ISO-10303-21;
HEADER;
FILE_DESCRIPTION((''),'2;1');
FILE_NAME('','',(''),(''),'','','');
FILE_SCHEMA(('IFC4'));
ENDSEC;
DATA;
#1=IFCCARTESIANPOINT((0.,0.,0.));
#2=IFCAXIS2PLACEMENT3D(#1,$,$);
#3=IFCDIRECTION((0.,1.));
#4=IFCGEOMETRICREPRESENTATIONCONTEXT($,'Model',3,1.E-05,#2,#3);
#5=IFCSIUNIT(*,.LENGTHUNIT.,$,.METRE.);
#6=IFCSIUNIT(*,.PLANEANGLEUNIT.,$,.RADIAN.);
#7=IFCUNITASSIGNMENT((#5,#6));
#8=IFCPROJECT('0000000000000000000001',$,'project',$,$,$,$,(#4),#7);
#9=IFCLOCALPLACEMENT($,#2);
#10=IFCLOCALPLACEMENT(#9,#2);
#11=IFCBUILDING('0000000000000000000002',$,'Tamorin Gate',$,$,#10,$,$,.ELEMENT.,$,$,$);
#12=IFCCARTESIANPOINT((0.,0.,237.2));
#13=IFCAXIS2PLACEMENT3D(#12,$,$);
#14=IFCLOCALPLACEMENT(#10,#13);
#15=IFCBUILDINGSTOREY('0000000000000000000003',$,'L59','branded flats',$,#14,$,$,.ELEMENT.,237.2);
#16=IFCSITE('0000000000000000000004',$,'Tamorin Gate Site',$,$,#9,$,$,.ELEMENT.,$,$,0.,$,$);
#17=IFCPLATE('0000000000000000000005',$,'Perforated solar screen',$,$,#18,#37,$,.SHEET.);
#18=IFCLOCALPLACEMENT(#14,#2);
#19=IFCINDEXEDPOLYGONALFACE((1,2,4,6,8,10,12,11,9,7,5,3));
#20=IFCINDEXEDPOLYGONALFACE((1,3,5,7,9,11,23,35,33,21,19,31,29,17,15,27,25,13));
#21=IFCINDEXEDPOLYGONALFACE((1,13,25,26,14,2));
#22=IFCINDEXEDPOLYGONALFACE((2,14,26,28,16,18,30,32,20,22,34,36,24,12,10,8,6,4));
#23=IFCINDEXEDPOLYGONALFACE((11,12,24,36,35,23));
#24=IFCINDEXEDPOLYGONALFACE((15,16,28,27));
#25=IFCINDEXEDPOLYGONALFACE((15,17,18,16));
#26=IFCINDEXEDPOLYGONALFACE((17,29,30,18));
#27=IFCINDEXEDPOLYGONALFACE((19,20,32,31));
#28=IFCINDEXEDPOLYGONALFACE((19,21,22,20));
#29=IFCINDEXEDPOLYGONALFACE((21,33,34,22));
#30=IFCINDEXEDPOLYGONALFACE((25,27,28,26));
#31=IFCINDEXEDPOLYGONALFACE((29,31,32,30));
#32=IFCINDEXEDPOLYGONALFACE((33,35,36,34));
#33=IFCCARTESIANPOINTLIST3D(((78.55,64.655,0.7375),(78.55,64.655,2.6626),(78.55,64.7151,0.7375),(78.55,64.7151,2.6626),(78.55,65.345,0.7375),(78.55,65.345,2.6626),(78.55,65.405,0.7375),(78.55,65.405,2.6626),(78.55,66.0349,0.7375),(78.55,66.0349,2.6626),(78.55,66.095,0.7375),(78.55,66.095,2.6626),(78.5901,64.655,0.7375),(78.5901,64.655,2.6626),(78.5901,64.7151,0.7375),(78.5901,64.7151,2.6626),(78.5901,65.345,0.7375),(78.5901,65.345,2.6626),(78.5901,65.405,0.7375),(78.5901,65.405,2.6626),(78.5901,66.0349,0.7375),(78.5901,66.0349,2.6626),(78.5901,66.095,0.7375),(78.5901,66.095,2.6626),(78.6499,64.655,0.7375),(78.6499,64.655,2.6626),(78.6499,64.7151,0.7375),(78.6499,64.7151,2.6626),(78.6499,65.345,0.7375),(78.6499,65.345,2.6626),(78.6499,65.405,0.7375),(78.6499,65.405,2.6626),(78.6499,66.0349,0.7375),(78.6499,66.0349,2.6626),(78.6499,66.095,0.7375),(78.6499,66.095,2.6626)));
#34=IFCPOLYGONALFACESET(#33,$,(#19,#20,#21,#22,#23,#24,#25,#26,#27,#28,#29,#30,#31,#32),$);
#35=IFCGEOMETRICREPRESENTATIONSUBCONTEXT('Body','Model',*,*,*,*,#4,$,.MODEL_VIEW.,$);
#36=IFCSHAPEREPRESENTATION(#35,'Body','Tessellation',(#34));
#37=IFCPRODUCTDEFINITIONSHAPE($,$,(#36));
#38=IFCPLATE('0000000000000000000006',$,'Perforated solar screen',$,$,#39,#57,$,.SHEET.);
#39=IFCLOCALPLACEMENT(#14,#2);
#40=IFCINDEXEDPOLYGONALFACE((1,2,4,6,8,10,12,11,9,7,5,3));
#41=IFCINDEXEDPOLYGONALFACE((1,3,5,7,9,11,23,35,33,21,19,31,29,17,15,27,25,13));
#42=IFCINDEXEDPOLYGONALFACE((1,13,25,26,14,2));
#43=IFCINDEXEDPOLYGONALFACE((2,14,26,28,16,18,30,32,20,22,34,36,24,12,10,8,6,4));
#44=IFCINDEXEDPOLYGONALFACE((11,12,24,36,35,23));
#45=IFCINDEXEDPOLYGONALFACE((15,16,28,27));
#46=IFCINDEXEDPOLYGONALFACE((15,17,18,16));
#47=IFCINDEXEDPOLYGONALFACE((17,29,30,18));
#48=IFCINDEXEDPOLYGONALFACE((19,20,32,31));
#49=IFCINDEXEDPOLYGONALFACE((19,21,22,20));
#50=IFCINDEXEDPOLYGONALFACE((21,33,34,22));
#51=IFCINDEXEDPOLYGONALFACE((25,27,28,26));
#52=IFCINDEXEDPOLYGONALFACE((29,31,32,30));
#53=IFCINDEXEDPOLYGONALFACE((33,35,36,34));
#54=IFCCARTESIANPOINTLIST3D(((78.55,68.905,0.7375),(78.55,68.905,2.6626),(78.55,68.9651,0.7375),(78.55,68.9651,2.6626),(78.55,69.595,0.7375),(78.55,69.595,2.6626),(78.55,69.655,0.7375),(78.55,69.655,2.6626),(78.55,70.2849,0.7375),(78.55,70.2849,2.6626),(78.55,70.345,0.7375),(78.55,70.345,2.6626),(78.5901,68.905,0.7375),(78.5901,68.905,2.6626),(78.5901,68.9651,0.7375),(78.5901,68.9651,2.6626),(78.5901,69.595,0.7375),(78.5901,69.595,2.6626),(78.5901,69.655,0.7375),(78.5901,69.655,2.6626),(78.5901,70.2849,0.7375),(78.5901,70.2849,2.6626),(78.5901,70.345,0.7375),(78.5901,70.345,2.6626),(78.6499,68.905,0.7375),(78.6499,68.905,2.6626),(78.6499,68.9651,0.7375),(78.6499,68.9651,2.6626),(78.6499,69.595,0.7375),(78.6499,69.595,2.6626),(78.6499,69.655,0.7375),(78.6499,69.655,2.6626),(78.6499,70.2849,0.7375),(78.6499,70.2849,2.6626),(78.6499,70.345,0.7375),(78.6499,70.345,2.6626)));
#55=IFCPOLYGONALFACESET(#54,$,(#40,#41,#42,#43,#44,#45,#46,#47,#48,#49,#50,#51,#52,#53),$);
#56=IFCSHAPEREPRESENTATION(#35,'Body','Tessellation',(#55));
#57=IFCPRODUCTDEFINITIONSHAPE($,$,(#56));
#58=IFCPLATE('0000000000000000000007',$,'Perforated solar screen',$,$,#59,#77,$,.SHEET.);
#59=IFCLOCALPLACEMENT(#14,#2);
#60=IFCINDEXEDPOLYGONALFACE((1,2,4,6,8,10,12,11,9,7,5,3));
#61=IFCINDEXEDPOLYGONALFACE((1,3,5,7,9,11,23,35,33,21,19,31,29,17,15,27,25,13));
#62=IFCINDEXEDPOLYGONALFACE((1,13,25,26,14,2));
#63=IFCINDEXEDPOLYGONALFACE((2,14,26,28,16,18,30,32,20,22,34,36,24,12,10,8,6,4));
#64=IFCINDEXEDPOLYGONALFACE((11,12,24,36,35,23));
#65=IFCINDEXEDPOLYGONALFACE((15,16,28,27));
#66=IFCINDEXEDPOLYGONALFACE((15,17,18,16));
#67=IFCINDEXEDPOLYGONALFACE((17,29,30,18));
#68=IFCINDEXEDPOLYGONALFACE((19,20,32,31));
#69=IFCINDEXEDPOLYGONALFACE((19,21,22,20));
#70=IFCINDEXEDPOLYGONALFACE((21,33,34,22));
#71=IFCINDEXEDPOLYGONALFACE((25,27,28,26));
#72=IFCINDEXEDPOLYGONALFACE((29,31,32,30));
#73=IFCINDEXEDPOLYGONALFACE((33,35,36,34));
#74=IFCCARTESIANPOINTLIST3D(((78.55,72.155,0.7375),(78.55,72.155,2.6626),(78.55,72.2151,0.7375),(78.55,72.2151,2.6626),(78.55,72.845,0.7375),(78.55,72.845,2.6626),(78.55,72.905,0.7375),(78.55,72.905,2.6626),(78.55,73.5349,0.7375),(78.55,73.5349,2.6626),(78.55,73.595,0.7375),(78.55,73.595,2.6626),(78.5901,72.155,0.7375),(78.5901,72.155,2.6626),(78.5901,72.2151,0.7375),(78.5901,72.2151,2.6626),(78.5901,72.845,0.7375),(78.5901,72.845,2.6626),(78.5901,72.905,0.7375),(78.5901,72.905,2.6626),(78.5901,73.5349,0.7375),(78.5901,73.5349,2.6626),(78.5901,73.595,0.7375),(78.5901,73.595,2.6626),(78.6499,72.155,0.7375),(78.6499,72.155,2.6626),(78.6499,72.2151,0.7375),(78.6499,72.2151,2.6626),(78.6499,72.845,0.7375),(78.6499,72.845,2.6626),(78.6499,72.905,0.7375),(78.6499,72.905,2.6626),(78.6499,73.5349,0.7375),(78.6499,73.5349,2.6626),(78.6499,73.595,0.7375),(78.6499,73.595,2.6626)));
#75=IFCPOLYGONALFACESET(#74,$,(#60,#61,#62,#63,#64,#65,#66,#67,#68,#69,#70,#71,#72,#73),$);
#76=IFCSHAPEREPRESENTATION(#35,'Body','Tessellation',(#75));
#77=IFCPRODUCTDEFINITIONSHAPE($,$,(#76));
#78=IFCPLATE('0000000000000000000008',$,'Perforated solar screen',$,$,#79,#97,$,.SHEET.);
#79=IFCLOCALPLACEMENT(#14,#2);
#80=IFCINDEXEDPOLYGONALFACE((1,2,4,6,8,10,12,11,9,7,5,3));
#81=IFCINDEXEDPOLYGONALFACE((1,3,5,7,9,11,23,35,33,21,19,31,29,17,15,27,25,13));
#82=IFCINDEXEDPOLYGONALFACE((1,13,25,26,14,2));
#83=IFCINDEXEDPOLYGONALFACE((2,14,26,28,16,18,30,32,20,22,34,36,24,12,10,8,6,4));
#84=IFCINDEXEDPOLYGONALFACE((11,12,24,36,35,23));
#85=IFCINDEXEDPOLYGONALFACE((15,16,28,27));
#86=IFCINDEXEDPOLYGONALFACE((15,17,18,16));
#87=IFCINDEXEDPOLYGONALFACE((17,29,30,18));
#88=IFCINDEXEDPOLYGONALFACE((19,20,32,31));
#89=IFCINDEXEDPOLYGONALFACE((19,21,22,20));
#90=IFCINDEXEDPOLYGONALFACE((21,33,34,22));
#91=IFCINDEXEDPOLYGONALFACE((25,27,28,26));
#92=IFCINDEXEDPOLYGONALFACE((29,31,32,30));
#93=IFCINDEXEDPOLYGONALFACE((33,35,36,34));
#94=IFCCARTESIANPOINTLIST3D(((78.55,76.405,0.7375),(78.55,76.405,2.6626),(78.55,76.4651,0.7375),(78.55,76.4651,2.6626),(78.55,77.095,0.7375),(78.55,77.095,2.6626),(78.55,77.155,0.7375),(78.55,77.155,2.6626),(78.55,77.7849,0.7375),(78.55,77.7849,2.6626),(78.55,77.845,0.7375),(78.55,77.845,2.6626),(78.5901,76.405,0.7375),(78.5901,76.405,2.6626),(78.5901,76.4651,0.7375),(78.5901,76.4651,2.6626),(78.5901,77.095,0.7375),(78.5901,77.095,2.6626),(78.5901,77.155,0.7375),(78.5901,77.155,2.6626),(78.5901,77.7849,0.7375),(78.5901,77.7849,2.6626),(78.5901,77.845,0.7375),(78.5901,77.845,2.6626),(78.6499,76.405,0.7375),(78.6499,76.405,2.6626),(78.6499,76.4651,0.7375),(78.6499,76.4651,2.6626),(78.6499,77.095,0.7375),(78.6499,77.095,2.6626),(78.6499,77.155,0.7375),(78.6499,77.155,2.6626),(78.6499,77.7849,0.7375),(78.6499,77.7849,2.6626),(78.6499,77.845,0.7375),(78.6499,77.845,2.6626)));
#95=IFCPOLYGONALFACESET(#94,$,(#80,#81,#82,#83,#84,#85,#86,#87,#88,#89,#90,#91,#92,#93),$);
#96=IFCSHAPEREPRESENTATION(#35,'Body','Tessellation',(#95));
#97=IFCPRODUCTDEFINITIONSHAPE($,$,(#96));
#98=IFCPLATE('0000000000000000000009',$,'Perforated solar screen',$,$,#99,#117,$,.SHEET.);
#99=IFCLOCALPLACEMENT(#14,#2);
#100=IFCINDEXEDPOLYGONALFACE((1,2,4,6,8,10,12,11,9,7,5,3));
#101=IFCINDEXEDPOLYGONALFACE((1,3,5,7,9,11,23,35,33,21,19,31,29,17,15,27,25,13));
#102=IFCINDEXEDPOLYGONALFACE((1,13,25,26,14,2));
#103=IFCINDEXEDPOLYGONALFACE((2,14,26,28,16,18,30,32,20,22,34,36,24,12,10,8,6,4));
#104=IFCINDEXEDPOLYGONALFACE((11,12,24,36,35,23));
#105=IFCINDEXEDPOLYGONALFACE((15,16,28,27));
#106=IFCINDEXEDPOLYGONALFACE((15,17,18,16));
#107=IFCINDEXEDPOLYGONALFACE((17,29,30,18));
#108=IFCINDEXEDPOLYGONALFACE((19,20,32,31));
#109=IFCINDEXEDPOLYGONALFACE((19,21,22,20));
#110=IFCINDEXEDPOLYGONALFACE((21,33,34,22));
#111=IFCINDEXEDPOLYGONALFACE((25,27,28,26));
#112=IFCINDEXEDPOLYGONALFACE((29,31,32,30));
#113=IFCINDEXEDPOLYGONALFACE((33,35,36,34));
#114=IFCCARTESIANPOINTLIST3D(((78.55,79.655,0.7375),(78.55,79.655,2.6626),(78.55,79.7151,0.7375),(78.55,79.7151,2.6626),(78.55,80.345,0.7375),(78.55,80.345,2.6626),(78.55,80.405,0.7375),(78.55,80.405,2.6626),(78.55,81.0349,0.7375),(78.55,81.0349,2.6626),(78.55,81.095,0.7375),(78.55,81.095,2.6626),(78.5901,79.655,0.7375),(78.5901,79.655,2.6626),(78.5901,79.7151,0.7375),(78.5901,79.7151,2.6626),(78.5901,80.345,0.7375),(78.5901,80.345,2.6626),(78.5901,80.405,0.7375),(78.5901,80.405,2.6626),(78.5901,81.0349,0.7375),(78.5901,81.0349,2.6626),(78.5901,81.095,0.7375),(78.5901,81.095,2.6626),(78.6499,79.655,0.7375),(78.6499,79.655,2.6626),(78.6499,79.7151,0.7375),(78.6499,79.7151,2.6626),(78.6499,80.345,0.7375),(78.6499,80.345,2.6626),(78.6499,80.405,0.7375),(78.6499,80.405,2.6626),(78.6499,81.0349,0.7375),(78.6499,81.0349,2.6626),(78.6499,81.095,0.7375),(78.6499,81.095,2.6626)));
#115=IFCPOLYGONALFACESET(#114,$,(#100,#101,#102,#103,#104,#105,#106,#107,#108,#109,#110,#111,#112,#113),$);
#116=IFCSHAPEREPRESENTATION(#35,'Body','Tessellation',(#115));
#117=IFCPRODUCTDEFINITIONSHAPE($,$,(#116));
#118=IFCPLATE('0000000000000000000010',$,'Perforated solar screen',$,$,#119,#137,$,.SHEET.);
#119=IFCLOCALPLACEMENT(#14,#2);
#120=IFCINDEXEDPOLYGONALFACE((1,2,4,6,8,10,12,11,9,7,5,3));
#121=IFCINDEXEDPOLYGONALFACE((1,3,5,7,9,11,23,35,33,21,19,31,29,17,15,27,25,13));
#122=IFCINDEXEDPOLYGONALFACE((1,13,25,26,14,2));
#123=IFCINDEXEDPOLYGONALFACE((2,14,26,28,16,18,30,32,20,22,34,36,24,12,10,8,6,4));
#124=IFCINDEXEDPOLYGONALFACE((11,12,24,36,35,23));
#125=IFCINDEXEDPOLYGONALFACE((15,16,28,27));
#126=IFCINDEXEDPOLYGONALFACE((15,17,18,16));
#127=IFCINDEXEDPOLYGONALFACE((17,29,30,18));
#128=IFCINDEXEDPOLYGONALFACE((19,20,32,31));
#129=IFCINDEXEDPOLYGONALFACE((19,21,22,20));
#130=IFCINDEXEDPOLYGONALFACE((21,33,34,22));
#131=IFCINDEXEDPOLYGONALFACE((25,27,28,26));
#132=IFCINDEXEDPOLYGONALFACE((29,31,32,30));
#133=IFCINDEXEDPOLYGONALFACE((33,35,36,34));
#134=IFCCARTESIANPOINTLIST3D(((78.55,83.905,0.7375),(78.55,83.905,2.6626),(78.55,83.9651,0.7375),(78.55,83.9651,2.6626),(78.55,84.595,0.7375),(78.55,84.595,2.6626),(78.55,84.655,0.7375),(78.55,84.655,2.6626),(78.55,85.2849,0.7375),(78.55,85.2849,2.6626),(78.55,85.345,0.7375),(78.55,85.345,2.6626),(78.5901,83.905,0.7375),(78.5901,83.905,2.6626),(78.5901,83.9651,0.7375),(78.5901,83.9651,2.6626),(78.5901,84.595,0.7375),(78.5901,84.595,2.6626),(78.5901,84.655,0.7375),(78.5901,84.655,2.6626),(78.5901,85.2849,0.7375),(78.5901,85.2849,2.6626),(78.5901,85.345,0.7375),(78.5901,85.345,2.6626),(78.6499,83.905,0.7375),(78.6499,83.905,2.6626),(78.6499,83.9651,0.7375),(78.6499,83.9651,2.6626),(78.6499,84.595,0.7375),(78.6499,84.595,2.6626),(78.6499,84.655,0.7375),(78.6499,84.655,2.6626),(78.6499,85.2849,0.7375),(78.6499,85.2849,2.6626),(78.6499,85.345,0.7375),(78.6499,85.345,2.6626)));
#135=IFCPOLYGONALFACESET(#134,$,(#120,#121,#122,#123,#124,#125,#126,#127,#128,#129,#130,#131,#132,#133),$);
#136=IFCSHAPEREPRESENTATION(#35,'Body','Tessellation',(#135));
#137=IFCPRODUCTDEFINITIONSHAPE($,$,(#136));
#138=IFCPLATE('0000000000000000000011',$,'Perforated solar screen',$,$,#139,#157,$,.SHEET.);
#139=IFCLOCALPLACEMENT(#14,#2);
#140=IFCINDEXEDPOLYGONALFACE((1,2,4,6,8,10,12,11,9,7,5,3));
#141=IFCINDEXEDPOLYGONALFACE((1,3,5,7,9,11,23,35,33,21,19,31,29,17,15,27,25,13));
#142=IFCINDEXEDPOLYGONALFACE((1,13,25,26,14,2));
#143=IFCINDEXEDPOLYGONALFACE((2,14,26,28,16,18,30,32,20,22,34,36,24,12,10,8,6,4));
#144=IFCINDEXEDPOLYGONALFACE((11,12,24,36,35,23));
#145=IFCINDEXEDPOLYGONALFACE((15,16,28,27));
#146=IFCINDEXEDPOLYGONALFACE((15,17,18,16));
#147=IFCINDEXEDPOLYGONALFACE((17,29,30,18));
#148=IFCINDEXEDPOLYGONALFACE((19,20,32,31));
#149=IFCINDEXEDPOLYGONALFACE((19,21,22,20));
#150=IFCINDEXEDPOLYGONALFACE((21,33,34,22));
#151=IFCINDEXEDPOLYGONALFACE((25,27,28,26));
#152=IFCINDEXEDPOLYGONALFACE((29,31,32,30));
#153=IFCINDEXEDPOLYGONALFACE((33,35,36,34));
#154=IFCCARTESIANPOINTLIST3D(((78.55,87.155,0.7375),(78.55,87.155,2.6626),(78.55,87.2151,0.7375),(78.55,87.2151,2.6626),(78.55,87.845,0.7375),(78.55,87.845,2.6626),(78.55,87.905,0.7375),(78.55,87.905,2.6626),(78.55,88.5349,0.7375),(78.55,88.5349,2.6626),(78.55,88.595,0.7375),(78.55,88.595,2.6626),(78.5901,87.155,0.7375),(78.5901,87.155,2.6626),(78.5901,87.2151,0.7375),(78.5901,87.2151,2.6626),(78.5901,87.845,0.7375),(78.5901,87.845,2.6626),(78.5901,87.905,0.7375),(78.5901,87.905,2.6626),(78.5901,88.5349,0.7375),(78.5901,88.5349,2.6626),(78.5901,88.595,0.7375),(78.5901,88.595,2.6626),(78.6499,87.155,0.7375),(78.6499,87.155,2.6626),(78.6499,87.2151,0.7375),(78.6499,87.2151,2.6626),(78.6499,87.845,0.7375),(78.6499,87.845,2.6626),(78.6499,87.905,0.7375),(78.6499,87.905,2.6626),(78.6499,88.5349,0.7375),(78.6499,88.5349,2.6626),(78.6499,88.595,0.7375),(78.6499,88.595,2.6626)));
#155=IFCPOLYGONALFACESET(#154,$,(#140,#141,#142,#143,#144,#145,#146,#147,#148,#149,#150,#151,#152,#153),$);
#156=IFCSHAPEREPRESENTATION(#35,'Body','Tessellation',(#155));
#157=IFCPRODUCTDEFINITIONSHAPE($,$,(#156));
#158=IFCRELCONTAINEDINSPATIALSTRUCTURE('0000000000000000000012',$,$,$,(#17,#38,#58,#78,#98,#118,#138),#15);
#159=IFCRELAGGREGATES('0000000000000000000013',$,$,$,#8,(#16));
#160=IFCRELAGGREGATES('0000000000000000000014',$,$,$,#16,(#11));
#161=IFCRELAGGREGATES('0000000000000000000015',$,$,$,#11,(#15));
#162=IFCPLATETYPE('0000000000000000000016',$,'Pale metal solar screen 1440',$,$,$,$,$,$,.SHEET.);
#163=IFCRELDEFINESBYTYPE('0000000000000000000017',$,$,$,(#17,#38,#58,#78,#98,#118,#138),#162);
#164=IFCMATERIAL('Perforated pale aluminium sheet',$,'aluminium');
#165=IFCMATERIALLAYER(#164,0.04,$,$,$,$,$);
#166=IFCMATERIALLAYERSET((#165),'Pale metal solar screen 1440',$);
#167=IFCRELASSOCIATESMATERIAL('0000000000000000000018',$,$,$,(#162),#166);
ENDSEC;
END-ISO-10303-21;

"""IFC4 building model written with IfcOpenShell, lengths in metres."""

from ifc_helpers import new_model, si_unit, direction, frame, origin, place, context, subcontext, project, spatial, polyline, outline, extrude, material, layer, layer_set, type_object, element, save


model = new_model("IFC4")

# Units and contexts
model_context = context("Model", 3, precision=1e-05, world=origin(), true_north=direction((0.0, 1.0)))
body_context = subcontext(model_context, "Body", "Model", "MODEL_VIEW")
ifc_project = project(units=[si_unit("LENGTHUNIT", "METRE"), si_unit("PLANEANGLEUNIT", "RADIAN")], contexts=[model_context])

# Site, building, storey
site_placement = place(None, origin())
site = spatial("IfcSite", under=ifc_project, at=site_placement, Name="Tamorin Gate Site", CompositionType="ELEMENT", RefElevation=0.0)
building_placement = place(site_placement, origin())
building = spatial("IfcBuilding", under=site, at=building_placement, Name="Tamorin Gate", CompositionType="ELEMENT")
storey_placement = place(building_placement, frame((0.0, 0.0, 237.2)))
storey = spatial("IfcBuildingStorey", under=building, at=storey_placement, Name="L59", Description="branded flats", CompositionType="ELEMENT", Elevation=237.2)

# Plates
ifc_material_1 = material(Name="Perforated pale aluminium sheet", Category="aluminium")
ifc_layer_1 = layer(ifc_material_1, 0.04)
ifc_layer_set_1 = layer_set([ifc_layer_1], Name="Pale metal solar screen 1440")
plate_type = type_object("IfcPlateType", Name="Pale metal solar screen 1440", PredefinedType="SHEET", material=ifc_layer_set_1)
plate_1_placement = place(storey_placement, frame((0.0, 0.0, 0.7375)))
element("IfcPlate", 1, at=plate_1_placement, inside=storey, type_object=plate_type, Name="Perforated solar screen", PredefinedType="SHEET", context=body_context, shape_type="SweptSolid", body=[
    extrude(outline(polyline([(78.5901, 64.655), (78.55, 64.655), (78.55, 64.7151), (78.55, 65.345), (78.55, 65.405), (78.55, 66.0349), (78.55, 66.095), (78.5901, 66.095), (78.6499, 66.095), (78.6499, 66.0349), (78.5901, 66.0349), (78.5901, 65.405), (78.6499, 65.405), (78.6499, 65.345), (78.5901, 65.345), (78.5901, 64.7151), (78.6499, 64.7151), (78.6499, 64.655), (78.5901, 64.655)])), origin(), (0.0, 0.0, 1.0), 1.925),
])
plate_2_placement = place(storey_placement, frame((0.0, 0.0, 0.7375)))
element("IfcPlate", 2, at=plate_2_placement, inside=storey, type_object=plate_type, Name="Perforated solar screen", PredefinedType="SHEET", context=body_context, shape_type="SweptSolid", body=[
    extrude(outline(polyline([(78.5901, 68.905), (78.55, 68.905), (78.55, 68.9651), (78.55, 69.595), (78.55, 69.655), (78.55, 70.2849), (78.55, 70.345), (78.5901, 70.345), (78.6499, 70.345), (78.6499, 70.2849), (78.5901, 70.2849), (78.5901, 69.655), (78.6499, 69.655), (78.6499, 69.595), (78.5901, 69.595), (78.5901, 68.9651), (78.6499, 68.9651), (78.6499, 68.905), (78.5901, 68.905)])), origin(), (0.0, 0.0, 1.0), 1.925),
])
plate_3_placement = place(storey_placement, frame((0.0, 0.0, 0.7375)))
element("IfcPlate", 3, at=plate_3_placement, inside=storey, type_object=plate_type, Name="Perforated solar screen", PredefinedType="SHEET", context=body_context, shape_type="SweptSolid", body=[
    extrude(outline(polyline([(78.5901, 72.155), (78.55, 72.155), (78.55, 72.2151), (78.55, 72.845), (78.55, 72.905), (78.55, 73.5349), (78.55, 73.595), (78.5901, 73.595), (78.6499, 73.595), (78.6499, 73.5349), (78.5901, 73.5349), (78.5901, 72.905), (78.6499, 72.905), (78.6499, 72.845), (78.5901, 72.845), (78.5901, 72.2151), (78.6499, 72.2151), (78.6499, 72.155), (78.5901, 72.155)])), origin(), (0.0, 0.0, 1.0), 1.925),
])
plate_4_placement = place(storey_placement, frame((0.0, 0.0, 0.7375)))
element("IfcPlate", 4, at=plate_4_placement, inside=storey, type_object=plate_type, Name="Perforated solar screen", PredefinedType="SHEET", context=body_context, shape_type="SweptSolid", body=[
    extrude(outline(polyline([(78.5901, 76.405), (78.55, 76.405), (78.55, 76.4651), (78.55, 77.095), (78.55, 77.155), (78.55, 77.7849), (78.55, 77.845), (78.5901, 77.845), (78.6499, 77.845), (78.6499, 77.7849), (78.5901, 77.7849), (78.5901, 77.155), (78.6499, 77.155), (78.6499, 77.095), (78.5901, 77.095), (78.5901, 76.4651), (78.6499, 76.4651), (78.6499, 76.405), (78.5901, 76.405)])), origin(), (0.0, 0.0, 1.0), 1.925),
])
plate_5_placement = place(storey_placement, frame((0.0, 0.0, 0.7375)))
element("IfcPlate", 5, at=plate_5_placement, inside=storey, type_object=plate_type, Name="Perforated solar screen", PredefinedType="SHEET", context=body_context, shape_type="SweptSolid", body=[
    extrude(outline(polyline([(78.5901, 79.655), (78.55, 79.655), (78.55, 79.7151), (78.55, 80.345), (78.55, 80.405), (78.55, 81.0349), (78.55, 81.095), (78.5901, 81.095), (78.6499, 81.095), (78.6499, 81.0349), (78.5901, 81.0349), (78.5901, 80.405), (78.6499, 80.405), (78.6499, 80.345), (78.5901, 80.345), (78.5901, 79.7151), (78.6499, 79.7151), (78.6499, 79.655), (78.5901, 79.655)])), origin(), (0.0, 0.0, 1.0), 1.925),
])
plate_6_placement = place(storey_placement, frame((0.0, 0.0, 0.7375)))
element("IfcPlate", 6, at=plate_6_placement, inside=storey, type_object=plate_type, Name="Perforated solar screen", PredefinedType="SHEET", context=body_context, shape_type="SweptSolid", body=[
    extrude(outline(polyline([(78.5901, 83.905), (78.55, 83.905), (78.55, 83.9651), (78.55, 84.595), (78.55, 84.655), (78.55, 85.2849), (78.55, 85.345), (78.5901, 85.345), (78.6499, 85.345), (78.6499, 85.2849), (78.5901, 85.2849), (78.5901, 84.655), (78.6499, 84.655), (78.6499, 84.595), (78.5901, 84.595), (78.5901, 83.9651), (78.6499, 83.9651), (78.6499, 83.905), (78.5901, 83.905)])), origin(), (0.0, 0.0, 1.0), 1.925),
])
plate_7_placement = place(storey_placement, frame((0.0, 0.0, 0.7375)))
element("IfcPlate", 7, at=plate_7_placement, inside=storey, type_object=plate_type, Name="Perforated solar screen", PredefinedType="SHEET", context=body_context, shape_type="SweptSolid", body=[
    extrude(outline(polyline([(78.5901, 87.155), (78.55, 87.155), (78.55, 87.2151), (78.55, 87.845), (78.55, 87.905), (78.55, 88.5349), (78.55, 88.595), (78.5901, 88.595), (78.6499, 88.595), (78.6499, 88.5349), (78.5901, 88.5349), (78.5901, 87.905), (78.6499, 87.905), (78.6499, 87.845), (78.5901, 87.845), (78.5901, 87.2151), (78.6499, 87.2151), (78.6499, 87.155), (78.5901, 87.155)])), origin(), (0.0, 0.0, 1.0), 1.925),
])

save(model, "model.ifc")
